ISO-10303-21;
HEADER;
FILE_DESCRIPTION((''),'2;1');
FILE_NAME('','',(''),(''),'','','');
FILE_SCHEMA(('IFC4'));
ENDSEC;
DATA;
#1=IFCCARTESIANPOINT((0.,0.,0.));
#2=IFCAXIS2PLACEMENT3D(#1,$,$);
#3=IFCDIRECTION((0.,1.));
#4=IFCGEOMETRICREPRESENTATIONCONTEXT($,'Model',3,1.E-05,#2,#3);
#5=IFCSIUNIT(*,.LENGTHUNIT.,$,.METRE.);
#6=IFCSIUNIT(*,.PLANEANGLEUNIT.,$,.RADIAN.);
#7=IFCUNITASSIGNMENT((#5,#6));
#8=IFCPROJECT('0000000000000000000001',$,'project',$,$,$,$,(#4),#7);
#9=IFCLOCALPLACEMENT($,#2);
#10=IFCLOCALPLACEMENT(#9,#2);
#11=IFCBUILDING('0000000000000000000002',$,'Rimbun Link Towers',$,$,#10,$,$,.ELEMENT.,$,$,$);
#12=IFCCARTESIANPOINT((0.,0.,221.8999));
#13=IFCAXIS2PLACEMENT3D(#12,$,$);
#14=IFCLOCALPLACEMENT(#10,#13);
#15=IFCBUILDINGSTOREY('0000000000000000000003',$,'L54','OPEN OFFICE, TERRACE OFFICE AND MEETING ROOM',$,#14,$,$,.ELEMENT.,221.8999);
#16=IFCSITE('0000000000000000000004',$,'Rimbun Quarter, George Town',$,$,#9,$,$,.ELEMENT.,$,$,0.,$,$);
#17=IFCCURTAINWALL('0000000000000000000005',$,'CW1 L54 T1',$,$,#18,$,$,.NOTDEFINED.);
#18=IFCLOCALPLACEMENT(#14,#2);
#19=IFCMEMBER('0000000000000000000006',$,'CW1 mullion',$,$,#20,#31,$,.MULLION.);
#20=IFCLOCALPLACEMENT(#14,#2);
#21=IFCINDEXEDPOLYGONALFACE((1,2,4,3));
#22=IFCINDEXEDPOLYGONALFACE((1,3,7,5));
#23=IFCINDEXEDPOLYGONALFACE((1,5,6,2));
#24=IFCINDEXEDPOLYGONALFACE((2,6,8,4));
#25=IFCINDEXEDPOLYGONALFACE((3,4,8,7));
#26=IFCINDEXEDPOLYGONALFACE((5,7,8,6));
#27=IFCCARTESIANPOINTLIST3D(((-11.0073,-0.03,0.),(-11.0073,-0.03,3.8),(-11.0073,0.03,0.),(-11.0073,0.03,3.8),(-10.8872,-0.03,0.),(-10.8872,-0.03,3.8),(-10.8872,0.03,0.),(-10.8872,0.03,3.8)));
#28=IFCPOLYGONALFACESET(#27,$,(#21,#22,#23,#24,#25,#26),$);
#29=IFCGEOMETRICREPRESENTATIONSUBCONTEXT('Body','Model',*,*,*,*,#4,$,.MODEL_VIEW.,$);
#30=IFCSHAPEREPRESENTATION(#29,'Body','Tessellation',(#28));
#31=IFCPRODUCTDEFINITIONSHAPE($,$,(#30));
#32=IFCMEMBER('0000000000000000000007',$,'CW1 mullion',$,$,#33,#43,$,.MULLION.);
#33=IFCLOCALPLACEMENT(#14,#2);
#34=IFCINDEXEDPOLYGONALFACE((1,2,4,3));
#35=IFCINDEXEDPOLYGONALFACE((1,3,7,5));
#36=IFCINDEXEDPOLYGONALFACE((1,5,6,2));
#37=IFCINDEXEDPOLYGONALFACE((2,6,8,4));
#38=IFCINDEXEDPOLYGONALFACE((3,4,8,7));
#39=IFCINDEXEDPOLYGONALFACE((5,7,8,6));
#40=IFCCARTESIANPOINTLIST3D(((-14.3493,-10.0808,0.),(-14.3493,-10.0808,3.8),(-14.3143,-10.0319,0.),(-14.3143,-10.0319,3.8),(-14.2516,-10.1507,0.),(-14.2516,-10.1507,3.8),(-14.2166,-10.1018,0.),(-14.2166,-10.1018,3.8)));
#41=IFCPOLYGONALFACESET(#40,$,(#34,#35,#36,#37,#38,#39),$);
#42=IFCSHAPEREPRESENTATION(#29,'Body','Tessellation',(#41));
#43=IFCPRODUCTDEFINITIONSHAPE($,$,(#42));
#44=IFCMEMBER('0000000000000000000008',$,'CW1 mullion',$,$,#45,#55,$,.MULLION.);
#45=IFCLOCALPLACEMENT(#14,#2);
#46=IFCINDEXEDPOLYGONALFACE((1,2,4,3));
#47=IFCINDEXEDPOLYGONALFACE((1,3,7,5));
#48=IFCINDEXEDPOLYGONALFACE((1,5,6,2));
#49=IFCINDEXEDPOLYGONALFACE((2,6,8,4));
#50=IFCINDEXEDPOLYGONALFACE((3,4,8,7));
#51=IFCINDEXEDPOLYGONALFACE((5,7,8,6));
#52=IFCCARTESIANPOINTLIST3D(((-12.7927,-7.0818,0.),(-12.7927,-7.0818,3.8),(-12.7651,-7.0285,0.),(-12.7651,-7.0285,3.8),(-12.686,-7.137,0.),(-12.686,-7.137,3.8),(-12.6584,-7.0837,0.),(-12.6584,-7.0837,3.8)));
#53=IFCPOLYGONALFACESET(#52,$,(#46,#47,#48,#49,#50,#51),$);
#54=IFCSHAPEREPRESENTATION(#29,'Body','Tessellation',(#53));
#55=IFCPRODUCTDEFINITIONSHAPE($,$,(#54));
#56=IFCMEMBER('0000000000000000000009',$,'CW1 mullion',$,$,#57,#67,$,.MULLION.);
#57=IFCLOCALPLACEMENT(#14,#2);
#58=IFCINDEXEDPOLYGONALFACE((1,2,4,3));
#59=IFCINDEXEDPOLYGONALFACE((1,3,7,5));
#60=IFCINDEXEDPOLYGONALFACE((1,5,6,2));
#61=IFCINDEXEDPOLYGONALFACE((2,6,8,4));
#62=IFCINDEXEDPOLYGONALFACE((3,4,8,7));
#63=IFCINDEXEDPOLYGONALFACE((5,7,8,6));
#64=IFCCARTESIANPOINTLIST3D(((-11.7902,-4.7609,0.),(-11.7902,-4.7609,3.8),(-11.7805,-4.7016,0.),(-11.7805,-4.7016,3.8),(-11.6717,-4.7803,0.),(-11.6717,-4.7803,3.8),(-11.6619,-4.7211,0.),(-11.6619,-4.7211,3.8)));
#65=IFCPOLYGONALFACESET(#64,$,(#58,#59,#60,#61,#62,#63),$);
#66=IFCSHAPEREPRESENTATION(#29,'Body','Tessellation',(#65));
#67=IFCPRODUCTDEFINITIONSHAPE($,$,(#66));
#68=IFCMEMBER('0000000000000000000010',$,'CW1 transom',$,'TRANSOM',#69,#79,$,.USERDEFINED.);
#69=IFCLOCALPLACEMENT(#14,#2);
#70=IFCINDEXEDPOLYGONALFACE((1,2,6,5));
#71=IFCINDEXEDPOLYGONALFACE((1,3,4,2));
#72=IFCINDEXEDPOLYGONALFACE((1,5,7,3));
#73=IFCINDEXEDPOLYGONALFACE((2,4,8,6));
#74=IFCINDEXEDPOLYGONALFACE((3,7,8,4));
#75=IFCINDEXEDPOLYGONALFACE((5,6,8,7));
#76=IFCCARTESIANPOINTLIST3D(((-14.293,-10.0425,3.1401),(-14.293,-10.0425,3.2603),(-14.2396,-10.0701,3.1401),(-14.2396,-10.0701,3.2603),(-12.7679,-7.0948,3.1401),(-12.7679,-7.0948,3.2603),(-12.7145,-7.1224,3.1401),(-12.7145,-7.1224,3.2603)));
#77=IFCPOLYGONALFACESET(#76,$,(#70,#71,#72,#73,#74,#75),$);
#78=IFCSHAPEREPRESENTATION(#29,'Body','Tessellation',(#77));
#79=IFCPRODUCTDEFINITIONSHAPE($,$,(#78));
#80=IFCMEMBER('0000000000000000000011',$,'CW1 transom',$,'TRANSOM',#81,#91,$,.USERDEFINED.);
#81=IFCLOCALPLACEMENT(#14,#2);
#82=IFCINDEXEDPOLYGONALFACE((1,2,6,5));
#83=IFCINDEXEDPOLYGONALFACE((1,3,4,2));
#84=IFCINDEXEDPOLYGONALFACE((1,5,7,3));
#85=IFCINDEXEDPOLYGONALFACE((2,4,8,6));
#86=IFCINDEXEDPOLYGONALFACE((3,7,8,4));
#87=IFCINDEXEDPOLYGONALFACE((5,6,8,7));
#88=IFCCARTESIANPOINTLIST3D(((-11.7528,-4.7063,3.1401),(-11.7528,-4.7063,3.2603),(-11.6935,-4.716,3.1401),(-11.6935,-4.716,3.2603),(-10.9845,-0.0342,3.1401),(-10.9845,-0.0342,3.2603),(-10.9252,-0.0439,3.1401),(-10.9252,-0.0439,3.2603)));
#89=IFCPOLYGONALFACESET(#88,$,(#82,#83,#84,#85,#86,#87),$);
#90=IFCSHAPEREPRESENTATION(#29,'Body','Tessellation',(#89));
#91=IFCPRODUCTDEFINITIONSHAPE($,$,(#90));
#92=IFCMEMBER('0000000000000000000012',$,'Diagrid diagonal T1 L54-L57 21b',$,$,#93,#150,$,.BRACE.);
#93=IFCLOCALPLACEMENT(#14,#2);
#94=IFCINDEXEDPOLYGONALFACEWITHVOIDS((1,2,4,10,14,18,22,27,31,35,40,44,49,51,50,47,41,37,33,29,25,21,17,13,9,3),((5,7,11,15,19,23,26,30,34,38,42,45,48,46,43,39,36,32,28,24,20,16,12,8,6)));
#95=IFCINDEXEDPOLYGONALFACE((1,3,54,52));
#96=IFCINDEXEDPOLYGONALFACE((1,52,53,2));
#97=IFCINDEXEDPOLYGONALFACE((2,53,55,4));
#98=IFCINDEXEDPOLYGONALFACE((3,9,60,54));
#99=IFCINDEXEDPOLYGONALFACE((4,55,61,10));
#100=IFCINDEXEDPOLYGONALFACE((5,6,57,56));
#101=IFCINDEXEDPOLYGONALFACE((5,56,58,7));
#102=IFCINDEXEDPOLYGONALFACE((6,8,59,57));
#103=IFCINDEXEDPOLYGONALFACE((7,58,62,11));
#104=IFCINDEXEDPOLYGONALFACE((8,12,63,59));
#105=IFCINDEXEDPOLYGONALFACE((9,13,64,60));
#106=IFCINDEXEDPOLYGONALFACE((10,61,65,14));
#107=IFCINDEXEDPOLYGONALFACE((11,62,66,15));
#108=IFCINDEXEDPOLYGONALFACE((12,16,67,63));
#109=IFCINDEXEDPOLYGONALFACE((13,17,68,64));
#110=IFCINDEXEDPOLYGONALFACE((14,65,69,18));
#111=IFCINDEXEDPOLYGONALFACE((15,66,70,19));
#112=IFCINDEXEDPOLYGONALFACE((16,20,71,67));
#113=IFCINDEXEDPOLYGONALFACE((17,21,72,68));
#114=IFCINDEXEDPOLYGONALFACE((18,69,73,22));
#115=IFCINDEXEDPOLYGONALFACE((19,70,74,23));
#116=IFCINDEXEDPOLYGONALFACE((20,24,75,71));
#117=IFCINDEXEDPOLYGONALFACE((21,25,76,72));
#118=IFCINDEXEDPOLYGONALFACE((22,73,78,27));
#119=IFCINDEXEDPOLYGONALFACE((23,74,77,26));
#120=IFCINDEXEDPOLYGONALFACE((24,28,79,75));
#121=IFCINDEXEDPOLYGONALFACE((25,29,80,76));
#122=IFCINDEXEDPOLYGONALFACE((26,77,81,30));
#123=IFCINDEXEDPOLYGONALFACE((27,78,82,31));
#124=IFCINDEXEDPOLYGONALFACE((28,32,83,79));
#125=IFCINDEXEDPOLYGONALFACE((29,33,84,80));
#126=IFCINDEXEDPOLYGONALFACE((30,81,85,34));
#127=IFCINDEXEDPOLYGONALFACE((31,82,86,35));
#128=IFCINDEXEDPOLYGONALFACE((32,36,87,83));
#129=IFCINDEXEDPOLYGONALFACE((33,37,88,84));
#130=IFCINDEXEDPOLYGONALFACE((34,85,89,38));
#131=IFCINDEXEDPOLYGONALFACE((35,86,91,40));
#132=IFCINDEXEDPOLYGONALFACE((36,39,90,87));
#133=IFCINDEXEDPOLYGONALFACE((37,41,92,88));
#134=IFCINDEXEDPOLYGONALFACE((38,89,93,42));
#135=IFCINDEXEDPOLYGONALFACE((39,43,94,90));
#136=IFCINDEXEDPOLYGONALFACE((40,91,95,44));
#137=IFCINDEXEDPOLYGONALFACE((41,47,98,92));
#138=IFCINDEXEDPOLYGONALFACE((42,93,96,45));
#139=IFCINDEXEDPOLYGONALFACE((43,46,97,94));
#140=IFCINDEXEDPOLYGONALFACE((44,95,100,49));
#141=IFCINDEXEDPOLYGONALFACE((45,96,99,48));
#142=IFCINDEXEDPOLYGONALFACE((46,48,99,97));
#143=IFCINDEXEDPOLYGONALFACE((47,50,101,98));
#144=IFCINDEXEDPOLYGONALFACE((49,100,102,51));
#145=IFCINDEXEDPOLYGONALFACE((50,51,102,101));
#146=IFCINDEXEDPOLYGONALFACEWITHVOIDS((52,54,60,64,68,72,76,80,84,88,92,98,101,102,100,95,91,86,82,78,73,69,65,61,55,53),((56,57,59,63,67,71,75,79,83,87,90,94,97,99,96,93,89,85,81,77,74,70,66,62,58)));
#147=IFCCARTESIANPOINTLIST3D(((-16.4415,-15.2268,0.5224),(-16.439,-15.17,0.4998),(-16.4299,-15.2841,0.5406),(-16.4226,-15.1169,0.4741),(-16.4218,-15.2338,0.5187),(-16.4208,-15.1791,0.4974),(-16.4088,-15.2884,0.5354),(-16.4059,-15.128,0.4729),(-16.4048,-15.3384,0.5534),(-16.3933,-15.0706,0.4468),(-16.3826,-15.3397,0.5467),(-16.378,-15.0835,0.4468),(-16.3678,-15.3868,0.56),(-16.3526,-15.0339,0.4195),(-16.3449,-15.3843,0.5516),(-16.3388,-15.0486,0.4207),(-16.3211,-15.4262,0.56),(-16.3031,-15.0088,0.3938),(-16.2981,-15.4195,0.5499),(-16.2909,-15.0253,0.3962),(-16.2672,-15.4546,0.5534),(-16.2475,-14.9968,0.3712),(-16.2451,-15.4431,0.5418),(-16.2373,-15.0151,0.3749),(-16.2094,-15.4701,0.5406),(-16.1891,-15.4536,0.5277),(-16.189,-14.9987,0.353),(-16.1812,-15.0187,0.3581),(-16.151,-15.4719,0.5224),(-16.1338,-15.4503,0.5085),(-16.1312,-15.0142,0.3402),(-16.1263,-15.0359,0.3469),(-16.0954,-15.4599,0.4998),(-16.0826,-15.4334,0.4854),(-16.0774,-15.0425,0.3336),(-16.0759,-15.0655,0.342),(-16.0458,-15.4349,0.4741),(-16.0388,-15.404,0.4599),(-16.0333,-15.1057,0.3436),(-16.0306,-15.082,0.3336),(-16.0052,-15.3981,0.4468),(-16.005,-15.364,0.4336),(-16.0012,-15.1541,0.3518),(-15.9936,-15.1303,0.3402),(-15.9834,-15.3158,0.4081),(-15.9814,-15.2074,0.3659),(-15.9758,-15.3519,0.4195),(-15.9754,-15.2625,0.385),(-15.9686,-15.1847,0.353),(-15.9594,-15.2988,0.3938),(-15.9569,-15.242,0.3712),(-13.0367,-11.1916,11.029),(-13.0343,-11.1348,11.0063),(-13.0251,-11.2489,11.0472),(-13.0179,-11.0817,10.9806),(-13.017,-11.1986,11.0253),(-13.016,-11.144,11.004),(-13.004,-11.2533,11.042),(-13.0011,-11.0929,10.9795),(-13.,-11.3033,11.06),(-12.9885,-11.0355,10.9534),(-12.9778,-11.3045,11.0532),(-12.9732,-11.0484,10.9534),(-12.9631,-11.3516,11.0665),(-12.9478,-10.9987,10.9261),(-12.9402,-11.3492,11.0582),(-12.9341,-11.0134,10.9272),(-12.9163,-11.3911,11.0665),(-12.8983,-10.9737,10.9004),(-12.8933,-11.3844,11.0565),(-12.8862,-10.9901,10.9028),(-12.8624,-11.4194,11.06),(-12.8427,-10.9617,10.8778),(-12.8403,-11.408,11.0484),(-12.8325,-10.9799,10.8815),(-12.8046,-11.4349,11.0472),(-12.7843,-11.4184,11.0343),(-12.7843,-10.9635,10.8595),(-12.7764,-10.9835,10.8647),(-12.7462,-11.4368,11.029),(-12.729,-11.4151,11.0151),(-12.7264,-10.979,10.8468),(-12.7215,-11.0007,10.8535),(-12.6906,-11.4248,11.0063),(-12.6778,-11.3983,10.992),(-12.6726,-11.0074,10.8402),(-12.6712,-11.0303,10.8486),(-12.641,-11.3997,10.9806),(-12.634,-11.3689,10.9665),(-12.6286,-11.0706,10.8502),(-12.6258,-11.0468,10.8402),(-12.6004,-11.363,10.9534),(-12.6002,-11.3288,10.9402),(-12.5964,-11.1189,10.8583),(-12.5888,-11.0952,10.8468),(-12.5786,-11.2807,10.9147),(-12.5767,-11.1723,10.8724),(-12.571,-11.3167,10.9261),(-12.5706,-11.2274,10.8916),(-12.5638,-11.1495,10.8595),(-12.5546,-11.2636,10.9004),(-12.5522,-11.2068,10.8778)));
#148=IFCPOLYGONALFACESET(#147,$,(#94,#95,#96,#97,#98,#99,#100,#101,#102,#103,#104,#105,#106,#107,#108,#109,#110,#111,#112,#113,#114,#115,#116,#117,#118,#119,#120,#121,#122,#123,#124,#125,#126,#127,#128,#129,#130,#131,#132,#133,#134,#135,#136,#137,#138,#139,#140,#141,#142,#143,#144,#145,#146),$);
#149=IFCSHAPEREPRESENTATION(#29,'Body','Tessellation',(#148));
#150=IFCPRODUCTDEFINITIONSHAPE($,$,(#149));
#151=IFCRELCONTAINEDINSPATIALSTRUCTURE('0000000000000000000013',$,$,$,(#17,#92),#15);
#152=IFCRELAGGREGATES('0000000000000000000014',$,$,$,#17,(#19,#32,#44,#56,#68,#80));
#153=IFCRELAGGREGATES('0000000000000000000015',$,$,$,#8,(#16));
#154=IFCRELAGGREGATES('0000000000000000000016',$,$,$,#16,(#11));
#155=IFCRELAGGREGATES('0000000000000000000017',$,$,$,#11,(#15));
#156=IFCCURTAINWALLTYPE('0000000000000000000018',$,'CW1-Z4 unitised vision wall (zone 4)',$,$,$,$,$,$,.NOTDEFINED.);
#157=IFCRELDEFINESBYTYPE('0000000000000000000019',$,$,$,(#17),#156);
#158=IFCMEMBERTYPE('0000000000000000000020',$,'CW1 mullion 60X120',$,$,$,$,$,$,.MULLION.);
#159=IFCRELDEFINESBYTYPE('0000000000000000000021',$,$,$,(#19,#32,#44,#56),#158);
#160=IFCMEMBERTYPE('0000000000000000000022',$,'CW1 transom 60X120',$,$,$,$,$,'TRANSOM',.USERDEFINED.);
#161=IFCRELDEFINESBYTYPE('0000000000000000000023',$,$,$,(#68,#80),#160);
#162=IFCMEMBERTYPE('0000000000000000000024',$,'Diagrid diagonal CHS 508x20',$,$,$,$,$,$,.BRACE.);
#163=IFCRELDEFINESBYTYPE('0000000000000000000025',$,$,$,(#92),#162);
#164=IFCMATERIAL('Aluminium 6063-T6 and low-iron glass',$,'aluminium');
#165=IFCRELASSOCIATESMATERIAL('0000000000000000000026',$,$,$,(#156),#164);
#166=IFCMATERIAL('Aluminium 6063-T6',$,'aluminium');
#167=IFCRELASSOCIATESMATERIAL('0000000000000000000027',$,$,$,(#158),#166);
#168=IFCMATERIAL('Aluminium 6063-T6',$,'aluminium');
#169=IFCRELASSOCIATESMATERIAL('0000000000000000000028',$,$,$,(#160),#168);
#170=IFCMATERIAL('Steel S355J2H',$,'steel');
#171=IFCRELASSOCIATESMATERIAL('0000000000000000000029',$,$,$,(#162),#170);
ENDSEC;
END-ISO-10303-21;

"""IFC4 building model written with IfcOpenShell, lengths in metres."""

from ifc_helpers import new_model, si_unit, direction, frame, origin, origin_2d, place, context, subcontext, project, spatial, rectangle, hollow_circle, extrude, material, material_profile, profile_set, type_object, element, aggregate, save


model = new_model("IFC4")

# Units and contexts
model_context = context("Model", 3, precision=1e-05, world=origin(), true_north=direction((0.0, 1.0)))
body_context = subcontext(model_context, "Body", "Model", "MODEL_VIEW")
ifc_project = project(units=[si_unit("LENGTHUNIT", "METRE"), si_unit("PLANEANGLEUNIT", "RADIAN")], contexts=[model_context])

# Site, building, storey
site_placement = place(None, origin())
site = spatial("IfcSite", under=ifc_project, at=site_placement, Name="Rimbun Quarter, George Town", CompositionType="ELEMENT", RefElevation=0.0)
building_placement = place(site_placement, origin())
building = spatial("IfcBuilding", under=site, at=building_placement, Name="Rimbun Link Towers", CompositionType="ELEMENT")
storey_placement = place(building_placement, frame((0.0, 0.0, 221.8999)))
storey = spatial("IfcBuildingStorey", under=building, at=storey_placement, Name="L54", Description="OPEN OFFICE, TERRACE OFFICE AND MEETING ROOM", CompositionType="ELEMENT", Elevation=221.8999)

# Curtain wall, members
ifc_material_1 = material(Name="Aluminium 6063-T6 and low-iron glass", Category="aluminium")
curtain_wall_type = type_object("IfcCurtainWallType", Name="CW1-Z4 unitised vision wall (zone 4)", PredefinedType="NOTDEFINED", material=ifc_material_1)
curtain_wall_placement = place(storey_placement, origin())
curtain_wall = element("IfcCurtainWall", 1, at=curtain_wall_placement, inside=storey, type_object=curtain_wall_type, Name="CW1 L54 T1", PredefinedType="NOTDEFINED")
ifc_material_2 = material(Name="Aluminium 6063-T6", Category="aluminium")
ifc_material_profile_1 = material_profile(ifc_material_2, rectangle(XDim=0.1201, YDim=0.0601, at=origin_2d()), Name="MULLION 60X120")
ifc_profile_set_1 = profile_set([ifc_material_profile_1], Name="Aluminium 6063-T6")
member_type_1 = type_object("IfcMemberType", Name="CW1 mullion 60X120", PredefinedType="MULLION", material=ifc_profile_set_1)
member_1_placement = place(storey_placement, frame((-10.9473, 0.0, 0.0), z_axis=(0.0, 0.0, 1.0), x_axis=(1.0, 0.0, 0.0)))
member_1 = element("IfcMember", 2, at=member_1_placement, type_object=member_type_1, Name="CW1 mullion", PredefinedType="MULLION", context=body_context, shape_type="SweptSolid", body=[
    extrude(rectangle(XDim=0.1201, YDim=0.0601, at=origin_2d()), origin(), (0.0, 0.0, 1.0), 3.8),
])
member_2_placement = place(storey_placement, frame((-14.283, -10.0913, 0.0), z_axis=(0.0, 0.0, 1.0), x_axis=(0.813354, -0.58177, 0.0)))
member_2 = element("IfcMember", 3, at=member_2_placement, type_object=member_type_1, Name="CW1 mullion", PredefinedType="MULLION", context=body_context, shape_type="SweptSolid", body=[
    extrude(rectangle(XDim=0.1201, YDim=0.0601, at=origin_2d()), origin(), (0.0, 0.0, 1.0), 3.8),
])
member_3_placement = place(storey_placement, frame((-12.7256, -7.0828, 0.0), z_axis=(0.0, 0.0, 1.0), x_axis=(0.888153, -0.459548, 0.0)))
member_3 = element("IfcMember", 4, at=member_3_placement, type_object=member_type_1, Name="CW1 mullion", PredefinedType="MULLION", context=body_context, shape_type="SweptSolid", body=[
    extrude(rectangle(XDim=0.1201, YDim=0.0601, at=origin_2d()), origin(), (0.0, 0.0, 1.0), 3.8),
])
member_4_placement = place(storey_placement, frame((-11.7261, -4.741, 0.0), z_axis=(0.0, 0.0, 1.0), x_axis=(0.986747, -0.162264, 0.0)))
member_4 = element("IfcMember", 5, at=member_4_placement, type_object=member_type_1, Name="CW1 mullion", PredefinedType="MULLION", context=body_context, shape_type="SweptSolid", body=[
    extrude(rectangle(XDim=0.1201, YDim=0.0601, at=origin_2d()), origin(), (0.0, 0.0, 1.0), 3.8),
])
ifc_material_3 = material(Name="Aluminium 6063-T6", Category="aluminium")
ifc_material_profile_2 = material_profile(ifc_material_3, rectangle(XDim=0.0601, YDim=0.1201, at=origin_2d()), Name="TRANSOM 60X120")
ifc_profile_set_2 = profile_set([ifc_material_profile_2], Name="Aluminium 6063-T6")
member_type_2 = type_object("IfcMemberType", Name="CW1 transom 60X120", ElementType="TRANSOM", PredefinedType="USERDEFINED", material=ifc_profile_set_2)
member_5_placement = place(storey_placement, frame((-12.7412, -7.1086, 3.2002), z_axis=(-0.459529, -0.888163, 0.0), x_axis=(0.888163, -0.459529, 0.0)))
member_5 = element("IfcMember", 6, at=member_5_placement, type_object=member_type_2, Name="CW1 transom", ObjectType="TRANSOM", PredefinedType="USERDEFINED", context=body_context, shape_type="SweptSolid", body=[
    extrude(rectangle(XDim=0.0601, YDim=0.1201, at=origin_2d()), origin(), (0.0, 0.0, 1.0), 3.3188),
])
member_6_placement = place(storey_placement, frame((-10.9548, -0.0391, 3.2002), z_axis=(-0.162266, -0.986747, 0.0), x_axis=(0.986747, -0.162266, 0.0)))
member_6 = element("IfcMember", 7, at=member_6_placement, type_object=member_type_2, Name="CW1 transom", ObjectType="TRANSOM", PredefinedType="USERDEFINED", context=body_context, shape_type="SweptSolid", body=[
    extrude(rectangle(XDim=0.0601, YDim=0.1201, at=origin_2d()), origin(), (0.0, 0.0, 1.0), 4.7349),
])

# Member
ifc_material_4 = material(Name="Steel S355J2H", Category="steel")
ifc_material_profile_3 = material_profile(ifc_material_4, hollow_circle(Radius=0.2539, WallThickness=0.02, at=origin_2d()), Name="Diagrid diagonal CHS 508x20")
ifc_profile_set_3 = profile_set([ifc_material_profile_3], Name="Steel S355J2H")
member_type_3 = type_object("IfcMemberType", Name="Diagrid diagonal CHS 508x20", PredefinedType="BRACE", material=ifc_profile_set_3)
member_7_placement = place(storey_placement, frame((-16.1992, -15.2344, 0.4468), z_axis=(0.289558, 0.343168, 0.893528), x_axis=(-0.76428, 0.644884, 0.0)))
element("IfcMember", 8, at=member_7_placement, inside=storey, type_object=member_type_3, Name="Diagrid diagonal T1 L54-L57 21b", PredefinedType="BRACE", context=body_context, shape_type="SweptSolid", body=[
    extrude(hollow_circle(Radius=0.2539, WallThickness=0.02, at=origin_2d()), origin(), (0.0, 0.0, 1.0), 11.7585),
])

aggregate(curtain_wall, [member_1, member_2, member_3, member_4, member_5, member_6])

save(model, "model.ifc")
